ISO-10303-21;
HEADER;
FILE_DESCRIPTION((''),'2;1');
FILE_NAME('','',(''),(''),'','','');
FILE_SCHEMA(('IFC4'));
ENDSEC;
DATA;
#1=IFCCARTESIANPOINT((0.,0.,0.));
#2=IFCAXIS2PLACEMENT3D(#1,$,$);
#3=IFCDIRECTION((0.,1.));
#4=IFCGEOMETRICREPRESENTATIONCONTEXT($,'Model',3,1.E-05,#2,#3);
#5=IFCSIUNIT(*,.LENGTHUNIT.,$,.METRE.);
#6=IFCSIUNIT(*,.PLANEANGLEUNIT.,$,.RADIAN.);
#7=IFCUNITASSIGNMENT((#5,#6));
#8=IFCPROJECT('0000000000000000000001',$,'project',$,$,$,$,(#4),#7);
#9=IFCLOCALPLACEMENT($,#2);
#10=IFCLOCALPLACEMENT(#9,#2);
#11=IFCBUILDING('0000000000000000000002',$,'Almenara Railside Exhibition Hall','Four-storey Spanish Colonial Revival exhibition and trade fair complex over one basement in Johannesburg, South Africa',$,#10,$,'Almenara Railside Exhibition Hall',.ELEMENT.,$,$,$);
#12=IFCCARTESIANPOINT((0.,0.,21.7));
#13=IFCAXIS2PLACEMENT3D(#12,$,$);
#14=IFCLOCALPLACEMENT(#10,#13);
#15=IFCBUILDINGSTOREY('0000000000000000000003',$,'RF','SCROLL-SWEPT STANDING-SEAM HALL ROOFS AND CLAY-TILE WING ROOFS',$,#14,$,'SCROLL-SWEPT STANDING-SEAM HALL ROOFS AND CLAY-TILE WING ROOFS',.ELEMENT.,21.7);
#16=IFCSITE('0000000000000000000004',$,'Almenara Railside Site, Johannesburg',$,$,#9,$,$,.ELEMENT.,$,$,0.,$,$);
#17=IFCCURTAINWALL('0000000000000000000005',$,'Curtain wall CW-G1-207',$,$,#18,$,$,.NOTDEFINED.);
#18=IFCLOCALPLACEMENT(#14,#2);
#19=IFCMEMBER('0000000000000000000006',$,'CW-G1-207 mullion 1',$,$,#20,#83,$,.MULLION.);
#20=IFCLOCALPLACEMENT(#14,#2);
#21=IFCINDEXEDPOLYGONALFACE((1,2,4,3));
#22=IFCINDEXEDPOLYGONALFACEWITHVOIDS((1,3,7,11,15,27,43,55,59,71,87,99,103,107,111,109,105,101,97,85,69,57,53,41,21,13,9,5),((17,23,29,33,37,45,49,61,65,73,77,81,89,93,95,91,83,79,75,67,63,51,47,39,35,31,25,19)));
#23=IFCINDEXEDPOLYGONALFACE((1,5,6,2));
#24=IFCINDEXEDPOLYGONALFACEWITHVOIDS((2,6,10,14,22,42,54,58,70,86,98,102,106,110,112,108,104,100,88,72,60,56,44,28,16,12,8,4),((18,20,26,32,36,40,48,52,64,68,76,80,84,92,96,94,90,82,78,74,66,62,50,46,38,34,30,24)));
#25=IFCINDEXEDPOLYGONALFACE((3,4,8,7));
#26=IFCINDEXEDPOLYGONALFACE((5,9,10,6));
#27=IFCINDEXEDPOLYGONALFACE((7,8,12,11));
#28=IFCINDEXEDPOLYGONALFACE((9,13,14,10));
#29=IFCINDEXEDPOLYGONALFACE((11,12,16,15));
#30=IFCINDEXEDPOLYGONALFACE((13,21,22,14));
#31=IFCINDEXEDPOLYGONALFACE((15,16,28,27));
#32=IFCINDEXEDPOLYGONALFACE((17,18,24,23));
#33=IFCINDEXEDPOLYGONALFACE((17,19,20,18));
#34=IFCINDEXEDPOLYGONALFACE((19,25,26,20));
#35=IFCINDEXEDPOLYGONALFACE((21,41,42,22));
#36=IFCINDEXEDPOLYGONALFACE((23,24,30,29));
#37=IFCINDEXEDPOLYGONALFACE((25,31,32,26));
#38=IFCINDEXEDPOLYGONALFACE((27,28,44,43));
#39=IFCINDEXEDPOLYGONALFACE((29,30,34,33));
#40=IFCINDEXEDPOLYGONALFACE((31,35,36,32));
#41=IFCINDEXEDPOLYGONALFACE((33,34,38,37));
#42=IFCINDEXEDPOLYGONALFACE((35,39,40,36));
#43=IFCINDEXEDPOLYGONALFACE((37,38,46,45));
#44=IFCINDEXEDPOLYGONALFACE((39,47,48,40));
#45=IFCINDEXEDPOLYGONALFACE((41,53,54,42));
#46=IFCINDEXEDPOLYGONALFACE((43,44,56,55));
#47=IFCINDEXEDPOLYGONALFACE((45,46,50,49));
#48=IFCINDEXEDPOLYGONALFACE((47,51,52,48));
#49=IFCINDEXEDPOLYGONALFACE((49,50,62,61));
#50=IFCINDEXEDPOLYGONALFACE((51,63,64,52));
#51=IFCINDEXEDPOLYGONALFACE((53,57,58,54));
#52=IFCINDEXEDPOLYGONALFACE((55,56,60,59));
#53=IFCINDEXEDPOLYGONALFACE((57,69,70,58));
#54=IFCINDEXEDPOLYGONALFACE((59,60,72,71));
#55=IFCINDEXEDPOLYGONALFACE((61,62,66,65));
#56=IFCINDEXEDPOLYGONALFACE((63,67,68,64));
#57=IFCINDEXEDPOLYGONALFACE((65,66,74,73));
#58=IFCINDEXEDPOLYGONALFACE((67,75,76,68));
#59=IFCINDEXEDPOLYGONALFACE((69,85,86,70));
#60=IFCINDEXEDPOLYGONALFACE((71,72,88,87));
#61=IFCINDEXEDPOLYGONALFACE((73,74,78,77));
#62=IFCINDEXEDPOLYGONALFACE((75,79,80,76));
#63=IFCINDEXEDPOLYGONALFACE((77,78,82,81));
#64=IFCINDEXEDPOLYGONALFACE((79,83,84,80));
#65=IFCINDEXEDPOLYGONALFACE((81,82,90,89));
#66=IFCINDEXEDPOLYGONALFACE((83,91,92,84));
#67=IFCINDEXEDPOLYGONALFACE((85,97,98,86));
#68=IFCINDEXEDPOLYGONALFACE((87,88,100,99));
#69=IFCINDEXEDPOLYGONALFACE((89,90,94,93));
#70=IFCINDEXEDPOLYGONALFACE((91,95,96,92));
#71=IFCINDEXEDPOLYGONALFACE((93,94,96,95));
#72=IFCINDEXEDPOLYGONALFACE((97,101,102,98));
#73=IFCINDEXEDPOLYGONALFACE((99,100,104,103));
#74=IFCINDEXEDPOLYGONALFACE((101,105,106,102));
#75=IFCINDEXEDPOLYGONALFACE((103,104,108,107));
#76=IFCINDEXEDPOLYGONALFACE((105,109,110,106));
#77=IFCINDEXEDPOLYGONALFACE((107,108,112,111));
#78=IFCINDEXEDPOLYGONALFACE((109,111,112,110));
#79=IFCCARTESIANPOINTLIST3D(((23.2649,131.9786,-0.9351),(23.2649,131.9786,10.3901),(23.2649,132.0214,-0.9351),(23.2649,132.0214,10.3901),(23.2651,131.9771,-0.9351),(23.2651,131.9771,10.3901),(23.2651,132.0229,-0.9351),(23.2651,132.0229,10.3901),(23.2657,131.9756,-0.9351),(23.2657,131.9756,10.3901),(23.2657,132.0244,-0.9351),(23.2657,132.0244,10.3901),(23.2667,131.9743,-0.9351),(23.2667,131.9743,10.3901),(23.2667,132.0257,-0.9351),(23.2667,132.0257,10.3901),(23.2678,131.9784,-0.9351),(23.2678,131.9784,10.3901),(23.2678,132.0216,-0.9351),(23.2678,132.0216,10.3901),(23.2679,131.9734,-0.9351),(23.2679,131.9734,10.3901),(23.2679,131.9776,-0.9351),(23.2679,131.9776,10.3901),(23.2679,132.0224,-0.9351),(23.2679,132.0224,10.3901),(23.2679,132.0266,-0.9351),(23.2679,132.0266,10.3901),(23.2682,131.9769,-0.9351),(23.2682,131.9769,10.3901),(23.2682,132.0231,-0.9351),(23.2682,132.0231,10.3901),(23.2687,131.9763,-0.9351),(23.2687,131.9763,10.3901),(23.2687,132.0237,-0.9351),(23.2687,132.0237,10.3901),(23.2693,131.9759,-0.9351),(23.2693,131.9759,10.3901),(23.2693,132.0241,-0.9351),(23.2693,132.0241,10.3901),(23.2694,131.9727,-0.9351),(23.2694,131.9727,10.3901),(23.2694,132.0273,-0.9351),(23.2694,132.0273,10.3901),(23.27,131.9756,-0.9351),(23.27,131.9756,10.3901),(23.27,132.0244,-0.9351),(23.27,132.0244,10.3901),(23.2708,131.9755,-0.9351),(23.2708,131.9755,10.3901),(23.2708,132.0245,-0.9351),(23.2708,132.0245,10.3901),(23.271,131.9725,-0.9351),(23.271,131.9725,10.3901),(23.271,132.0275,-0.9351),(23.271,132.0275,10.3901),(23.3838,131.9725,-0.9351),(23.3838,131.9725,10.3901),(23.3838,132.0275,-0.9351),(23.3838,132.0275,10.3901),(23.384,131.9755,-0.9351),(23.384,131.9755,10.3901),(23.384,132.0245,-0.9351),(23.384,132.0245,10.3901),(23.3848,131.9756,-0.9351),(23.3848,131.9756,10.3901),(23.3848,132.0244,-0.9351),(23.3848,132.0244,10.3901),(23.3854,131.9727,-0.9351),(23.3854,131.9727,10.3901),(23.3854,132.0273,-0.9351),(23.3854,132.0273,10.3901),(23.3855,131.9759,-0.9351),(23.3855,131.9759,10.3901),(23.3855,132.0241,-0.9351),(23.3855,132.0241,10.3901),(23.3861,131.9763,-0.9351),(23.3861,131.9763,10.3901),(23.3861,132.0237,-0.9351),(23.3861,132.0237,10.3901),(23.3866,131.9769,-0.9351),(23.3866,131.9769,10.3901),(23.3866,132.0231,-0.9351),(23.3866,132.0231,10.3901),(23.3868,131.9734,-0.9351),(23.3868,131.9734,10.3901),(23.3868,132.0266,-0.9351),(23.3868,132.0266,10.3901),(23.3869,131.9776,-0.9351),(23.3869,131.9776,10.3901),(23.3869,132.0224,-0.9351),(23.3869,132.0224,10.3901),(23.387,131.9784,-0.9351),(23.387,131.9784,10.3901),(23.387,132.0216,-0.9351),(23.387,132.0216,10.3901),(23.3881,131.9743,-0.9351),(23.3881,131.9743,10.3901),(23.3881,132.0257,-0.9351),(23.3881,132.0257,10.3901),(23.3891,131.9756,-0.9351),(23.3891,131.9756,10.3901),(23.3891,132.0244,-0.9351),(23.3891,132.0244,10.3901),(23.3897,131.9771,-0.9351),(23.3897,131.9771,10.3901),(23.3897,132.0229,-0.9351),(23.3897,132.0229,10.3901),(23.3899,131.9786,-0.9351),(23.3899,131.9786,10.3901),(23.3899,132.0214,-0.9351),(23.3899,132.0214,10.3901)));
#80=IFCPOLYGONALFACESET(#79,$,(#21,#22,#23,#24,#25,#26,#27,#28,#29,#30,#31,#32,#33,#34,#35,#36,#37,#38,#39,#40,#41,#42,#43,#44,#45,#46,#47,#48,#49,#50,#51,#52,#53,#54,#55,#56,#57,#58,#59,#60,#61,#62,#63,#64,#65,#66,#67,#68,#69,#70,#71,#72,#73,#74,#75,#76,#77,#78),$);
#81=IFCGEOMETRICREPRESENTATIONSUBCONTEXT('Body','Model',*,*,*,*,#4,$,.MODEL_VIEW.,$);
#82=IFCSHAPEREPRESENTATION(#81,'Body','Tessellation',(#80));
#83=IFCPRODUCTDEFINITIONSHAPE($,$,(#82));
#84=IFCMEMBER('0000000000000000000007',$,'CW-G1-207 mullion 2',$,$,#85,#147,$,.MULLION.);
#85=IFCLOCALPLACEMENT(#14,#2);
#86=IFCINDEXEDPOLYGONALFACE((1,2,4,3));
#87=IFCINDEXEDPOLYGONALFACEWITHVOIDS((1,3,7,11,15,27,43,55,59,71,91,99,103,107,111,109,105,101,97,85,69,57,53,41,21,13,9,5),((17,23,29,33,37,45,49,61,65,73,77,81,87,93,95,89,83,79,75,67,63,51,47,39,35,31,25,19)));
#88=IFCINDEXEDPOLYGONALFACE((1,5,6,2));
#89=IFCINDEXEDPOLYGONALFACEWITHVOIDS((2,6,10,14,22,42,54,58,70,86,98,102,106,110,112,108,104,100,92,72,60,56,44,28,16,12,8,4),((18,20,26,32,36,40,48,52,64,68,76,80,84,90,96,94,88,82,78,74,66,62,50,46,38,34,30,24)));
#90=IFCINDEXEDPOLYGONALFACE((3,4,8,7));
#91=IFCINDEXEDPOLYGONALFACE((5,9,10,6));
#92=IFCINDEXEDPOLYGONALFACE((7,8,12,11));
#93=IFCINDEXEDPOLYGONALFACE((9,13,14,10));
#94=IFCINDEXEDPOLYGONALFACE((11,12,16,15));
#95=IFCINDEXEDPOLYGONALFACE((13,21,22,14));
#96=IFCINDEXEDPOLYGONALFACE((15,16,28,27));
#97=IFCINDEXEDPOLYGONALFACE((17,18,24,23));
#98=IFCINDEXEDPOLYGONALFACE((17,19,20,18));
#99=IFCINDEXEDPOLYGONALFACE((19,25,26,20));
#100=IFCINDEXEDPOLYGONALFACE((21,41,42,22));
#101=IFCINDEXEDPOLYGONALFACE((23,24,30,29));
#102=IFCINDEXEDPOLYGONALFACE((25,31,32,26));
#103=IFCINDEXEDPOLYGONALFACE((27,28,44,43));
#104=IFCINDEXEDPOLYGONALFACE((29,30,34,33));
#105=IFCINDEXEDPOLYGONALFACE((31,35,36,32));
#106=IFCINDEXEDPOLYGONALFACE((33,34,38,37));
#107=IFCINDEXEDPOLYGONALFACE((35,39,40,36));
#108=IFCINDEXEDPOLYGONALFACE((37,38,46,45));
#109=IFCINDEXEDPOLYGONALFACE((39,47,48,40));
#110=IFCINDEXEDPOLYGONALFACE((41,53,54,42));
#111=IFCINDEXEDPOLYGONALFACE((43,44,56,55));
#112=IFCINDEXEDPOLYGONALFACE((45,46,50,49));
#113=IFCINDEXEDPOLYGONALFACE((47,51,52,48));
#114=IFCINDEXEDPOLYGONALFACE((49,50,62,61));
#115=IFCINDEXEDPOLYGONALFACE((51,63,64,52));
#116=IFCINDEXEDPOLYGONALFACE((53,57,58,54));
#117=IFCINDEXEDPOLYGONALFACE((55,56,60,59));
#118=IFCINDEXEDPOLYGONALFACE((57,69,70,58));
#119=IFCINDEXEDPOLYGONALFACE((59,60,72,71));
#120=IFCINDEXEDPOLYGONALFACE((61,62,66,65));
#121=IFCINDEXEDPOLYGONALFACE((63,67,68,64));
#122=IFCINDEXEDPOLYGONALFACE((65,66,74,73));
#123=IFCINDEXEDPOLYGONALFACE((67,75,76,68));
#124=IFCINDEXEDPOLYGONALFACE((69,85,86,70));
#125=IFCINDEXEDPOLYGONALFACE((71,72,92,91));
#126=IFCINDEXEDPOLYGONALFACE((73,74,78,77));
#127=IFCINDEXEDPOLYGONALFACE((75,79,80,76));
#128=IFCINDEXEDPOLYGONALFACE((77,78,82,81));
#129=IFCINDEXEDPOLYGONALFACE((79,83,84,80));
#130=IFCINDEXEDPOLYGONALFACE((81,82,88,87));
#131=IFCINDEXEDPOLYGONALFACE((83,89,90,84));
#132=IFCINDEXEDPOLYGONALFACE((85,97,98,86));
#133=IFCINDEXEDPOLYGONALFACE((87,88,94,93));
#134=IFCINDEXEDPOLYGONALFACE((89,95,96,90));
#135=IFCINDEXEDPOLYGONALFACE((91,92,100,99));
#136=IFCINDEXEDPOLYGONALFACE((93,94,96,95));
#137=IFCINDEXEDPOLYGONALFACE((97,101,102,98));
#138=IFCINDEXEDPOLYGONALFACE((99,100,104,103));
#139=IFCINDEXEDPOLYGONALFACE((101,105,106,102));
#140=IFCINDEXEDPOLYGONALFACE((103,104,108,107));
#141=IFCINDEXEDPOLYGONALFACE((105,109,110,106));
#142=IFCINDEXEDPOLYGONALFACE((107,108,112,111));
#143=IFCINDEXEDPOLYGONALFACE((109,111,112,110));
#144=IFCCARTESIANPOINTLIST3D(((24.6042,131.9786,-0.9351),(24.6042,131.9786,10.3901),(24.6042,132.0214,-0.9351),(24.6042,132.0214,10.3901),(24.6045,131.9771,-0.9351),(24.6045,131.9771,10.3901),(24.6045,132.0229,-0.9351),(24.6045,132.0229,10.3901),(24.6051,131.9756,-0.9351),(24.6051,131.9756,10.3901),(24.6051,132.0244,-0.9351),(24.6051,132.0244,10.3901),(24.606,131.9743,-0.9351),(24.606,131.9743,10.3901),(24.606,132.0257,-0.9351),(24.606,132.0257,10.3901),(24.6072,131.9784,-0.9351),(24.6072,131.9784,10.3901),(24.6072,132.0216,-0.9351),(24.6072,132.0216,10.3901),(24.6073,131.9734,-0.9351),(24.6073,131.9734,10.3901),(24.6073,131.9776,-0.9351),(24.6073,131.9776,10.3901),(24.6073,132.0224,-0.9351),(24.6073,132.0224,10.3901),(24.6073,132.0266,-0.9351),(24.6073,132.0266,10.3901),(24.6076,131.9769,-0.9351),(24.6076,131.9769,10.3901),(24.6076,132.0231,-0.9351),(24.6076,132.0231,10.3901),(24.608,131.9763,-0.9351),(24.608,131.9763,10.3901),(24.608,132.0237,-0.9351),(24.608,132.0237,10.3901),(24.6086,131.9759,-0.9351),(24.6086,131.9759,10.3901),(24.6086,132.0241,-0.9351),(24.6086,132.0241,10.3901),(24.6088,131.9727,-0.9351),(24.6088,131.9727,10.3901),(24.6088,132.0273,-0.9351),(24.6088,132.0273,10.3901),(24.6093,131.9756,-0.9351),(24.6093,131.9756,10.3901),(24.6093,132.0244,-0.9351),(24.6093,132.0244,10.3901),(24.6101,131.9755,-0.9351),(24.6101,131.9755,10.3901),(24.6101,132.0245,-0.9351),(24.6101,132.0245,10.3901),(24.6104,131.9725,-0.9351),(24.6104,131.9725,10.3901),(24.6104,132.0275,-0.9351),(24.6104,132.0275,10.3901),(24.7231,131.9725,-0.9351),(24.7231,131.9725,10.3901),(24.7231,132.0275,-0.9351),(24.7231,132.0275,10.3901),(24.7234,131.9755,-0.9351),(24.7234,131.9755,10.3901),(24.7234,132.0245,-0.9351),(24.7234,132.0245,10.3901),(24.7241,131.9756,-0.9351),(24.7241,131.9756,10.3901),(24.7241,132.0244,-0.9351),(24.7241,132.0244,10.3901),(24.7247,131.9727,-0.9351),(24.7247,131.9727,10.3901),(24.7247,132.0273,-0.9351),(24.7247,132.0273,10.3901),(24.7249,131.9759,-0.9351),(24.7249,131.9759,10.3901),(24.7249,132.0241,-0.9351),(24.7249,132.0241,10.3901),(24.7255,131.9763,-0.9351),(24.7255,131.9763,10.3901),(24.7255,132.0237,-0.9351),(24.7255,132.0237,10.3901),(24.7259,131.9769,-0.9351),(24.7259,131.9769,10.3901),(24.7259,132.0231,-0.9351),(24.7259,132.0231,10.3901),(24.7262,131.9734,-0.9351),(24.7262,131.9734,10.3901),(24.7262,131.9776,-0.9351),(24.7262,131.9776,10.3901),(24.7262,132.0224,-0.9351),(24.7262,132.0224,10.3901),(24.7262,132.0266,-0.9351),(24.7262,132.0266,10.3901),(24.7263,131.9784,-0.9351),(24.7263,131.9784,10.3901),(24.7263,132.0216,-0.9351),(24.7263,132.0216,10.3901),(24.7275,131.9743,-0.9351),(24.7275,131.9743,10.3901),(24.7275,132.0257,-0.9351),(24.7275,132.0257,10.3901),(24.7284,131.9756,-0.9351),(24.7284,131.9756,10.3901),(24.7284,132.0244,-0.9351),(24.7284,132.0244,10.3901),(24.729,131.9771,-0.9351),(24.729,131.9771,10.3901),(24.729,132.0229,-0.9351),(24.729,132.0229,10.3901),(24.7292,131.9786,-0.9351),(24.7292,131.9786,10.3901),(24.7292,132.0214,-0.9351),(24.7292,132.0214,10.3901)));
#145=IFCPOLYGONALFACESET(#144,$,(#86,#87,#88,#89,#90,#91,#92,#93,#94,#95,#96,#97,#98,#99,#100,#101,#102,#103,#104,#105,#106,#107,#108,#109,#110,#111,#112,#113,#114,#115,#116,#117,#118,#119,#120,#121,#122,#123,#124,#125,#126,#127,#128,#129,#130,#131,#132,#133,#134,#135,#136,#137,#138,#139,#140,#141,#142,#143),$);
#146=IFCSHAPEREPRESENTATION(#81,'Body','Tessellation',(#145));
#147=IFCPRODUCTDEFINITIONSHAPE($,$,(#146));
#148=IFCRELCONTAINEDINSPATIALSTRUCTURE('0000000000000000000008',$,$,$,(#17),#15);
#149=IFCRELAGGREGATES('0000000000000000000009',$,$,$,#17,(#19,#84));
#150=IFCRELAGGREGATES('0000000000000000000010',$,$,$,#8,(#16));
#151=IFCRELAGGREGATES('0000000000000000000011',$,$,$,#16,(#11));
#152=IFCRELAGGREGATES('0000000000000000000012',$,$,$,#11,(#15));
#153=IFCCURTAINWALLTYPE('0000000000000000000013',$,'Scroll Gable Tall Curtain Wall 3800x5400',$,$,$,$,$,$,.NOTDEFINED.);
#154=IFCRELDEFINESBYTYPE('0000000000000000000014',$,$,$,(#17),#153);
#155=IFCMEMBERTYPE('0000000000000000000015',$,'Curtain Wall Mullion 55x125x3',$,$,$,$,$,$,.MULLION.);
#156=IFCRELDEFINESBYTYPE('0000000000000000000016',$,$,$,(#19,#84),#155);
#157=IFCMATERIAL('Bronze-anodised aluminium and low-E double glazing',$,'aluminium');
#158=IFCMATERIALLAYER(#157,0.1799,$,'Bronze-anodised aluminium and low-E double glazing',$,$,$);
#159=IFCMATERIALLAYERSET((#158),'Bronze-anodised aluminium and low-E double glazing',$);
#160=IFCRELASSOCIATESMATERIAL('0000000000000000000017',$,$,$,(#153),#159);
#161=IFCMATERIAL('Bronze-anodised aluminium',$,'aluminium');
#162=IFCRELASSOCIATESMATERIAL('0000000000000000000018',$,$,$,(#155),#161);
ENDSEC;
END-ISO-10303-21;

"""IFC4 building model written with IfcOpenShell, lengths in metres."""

from ifc_helpers import new_model, si_unit, direction, frame, origin, origin_2d, place, context, subcontext, project, spatial, hollow_rectangle, extrude, material, layer, layer_set, material_profile, profile_set, type_object, element, aggregate, save


model = new_model("IFC4")

# Units and contexts
model_context = context("Model", 3, precision=1e-05, world=origin(), true_north=direction((0.0, 1.0)))
body_context = subcontext(model_context, "Body", "Model", "MODEL_VIEW")
ifc_project = project(units=[si_unit("LENGTHUNIT", "METRE"), si_unit("PLANEANGLEUNIT", "RADIAN")], contexts=[model_context])

# Site, building, storey
site_placement = place(None, origin())
site = spatial("IfcSite", under=ifc_project, at=site_placement, Name="Almenara Railside Site, Johannesburg", CompositionType="ELEMENT", RefElevation=0.0)
building_placement = place(site_placement, origin())
building = spatial("IfcBuilding", under=site, at=building_placement, Name="Almenara Railside Exhibition Hall", Description="Four-storey Spanish Colonial Revival exhibition and trade fair complex over one basement in Johannesburg, South Africa", LongName="Almenara Railside Exhibition Hall", CompositionType="ELEMENT")
storey_placement = place(building_placement, frame((0.0, 0.0, 21.7)))
storey = spatial("IfcBuildingStorey", under=building, at=storey_placement, Name="RF", Description="SCROLL-SWEPT STANDING-SEAM HALL ROOFS AND CLAY-TILE WING ROOFS", LongName="SCROLL-SWEPT STANDING-SEAM HALL ROOFS AND CLAY-TILE WING ROOFS", CompositionType="ELEMENT", Elevation=21.7)

# Curtain wall, members
ifc_material_1 = material(Name="Bronze-anodised aluminium and low-E double glazing", Category="aluminium")
ifc_layer_1 = layer(ifc_material_1, 0.1799, Name="Bronze-anodised aluminium and low-E double glazing")
ifc_layer_set_1 = layer_set([ifc_layer_1], Name="Bronze-anodised aluminium and low-E double glazing")
curtain_wall_type = type_object("IfcCurtainWallType", Name="Scroll Gable Tall Curtain Wall 3800x5400", PredefinedType="NOTDEFINED", material=ifc_layer_set_1)
curtain_wall_1_placement = place(storey_placement, origin())
curtain_wall_1 = element("IfcCurtainWall", 1, at=curtain_wall_1_placement, inside=storey, type_object=curtain_wall_type, Name="Curtain wall CW-G1-207", PredefinedType="NOTDEFINED")
ifc_material_2 = material(Name="Bronze-anodised aluminium", Category="aluminium")
ifc_material_profile_1 = material_profile(ifc_material_2, hollow_rectangle(XDim=0.0549, YDim=0.125, WallThickness=0.0029, InnerFilletRadius=0.0029, OuterFilletRadius=0.0061, at=origin_2d()), Name="ALU-MUL 55x125x3")
ifc_profile_set_1 = profile_set([ifc_material_profile_1], Name="Bronze-anodised aluminium")
member_type_1 = type_object("IfcMemberType", Name="Curtain Wall Mullion 55x125x3", PredefinedType="MULLION", material=ifc_profile_set_1)
member_1_placement = place(storey_placement, frame((23.3274, 132.0, -0.9351), z_axis=(0.0, 0.0, 1.0), x_axis=(0.0, 1.0, 0.0)))
member_1 = element("IfcMember", 2, at=member_1_placement, type_object=member_type_1, Name="CW-G1-207 mullion 1", PredefinedType="MULLION", context=body_context, shape_type="SweptSolid", body=[
    extrude(hollow_rectangle(XDim=0.0549, YDim=0.125, WallThickness=0.0029, InnerFilletRadius=0.0029, OuterFilletRadius=0.0061, at=origin_2d()), origin(), (0.0, 0.0, 1.0), 11.3252),
])
member_2_placement = place(storey_placement, frame((24.6667, 132.0, -0.9351), z_axis=(0.0, 0.0, 1.0), x_axis=(0.0, 1.0, 0.0)))
member_2 = element("IfcMember", 3, at=member_2_placement, type_object=member_type_1, Name="CW-G1-207 mullion 2", PredefinedType="MULLION", context=body_context, shape_type="SweptSolid", body=[
    extrude(hollow_rectangle(XDim=0.0549, YDim=0.125, WallThickness=0.0029, InnerFilletRadius=0.0029, OuterFilletRadius=0.0061, at=origin_2d()), origin(), (0.0, 0.0, 1.0), 11.3252),
])

aggregate(curtain_wall_1, [member_1, member_2])

save(model, "model.ifc")
